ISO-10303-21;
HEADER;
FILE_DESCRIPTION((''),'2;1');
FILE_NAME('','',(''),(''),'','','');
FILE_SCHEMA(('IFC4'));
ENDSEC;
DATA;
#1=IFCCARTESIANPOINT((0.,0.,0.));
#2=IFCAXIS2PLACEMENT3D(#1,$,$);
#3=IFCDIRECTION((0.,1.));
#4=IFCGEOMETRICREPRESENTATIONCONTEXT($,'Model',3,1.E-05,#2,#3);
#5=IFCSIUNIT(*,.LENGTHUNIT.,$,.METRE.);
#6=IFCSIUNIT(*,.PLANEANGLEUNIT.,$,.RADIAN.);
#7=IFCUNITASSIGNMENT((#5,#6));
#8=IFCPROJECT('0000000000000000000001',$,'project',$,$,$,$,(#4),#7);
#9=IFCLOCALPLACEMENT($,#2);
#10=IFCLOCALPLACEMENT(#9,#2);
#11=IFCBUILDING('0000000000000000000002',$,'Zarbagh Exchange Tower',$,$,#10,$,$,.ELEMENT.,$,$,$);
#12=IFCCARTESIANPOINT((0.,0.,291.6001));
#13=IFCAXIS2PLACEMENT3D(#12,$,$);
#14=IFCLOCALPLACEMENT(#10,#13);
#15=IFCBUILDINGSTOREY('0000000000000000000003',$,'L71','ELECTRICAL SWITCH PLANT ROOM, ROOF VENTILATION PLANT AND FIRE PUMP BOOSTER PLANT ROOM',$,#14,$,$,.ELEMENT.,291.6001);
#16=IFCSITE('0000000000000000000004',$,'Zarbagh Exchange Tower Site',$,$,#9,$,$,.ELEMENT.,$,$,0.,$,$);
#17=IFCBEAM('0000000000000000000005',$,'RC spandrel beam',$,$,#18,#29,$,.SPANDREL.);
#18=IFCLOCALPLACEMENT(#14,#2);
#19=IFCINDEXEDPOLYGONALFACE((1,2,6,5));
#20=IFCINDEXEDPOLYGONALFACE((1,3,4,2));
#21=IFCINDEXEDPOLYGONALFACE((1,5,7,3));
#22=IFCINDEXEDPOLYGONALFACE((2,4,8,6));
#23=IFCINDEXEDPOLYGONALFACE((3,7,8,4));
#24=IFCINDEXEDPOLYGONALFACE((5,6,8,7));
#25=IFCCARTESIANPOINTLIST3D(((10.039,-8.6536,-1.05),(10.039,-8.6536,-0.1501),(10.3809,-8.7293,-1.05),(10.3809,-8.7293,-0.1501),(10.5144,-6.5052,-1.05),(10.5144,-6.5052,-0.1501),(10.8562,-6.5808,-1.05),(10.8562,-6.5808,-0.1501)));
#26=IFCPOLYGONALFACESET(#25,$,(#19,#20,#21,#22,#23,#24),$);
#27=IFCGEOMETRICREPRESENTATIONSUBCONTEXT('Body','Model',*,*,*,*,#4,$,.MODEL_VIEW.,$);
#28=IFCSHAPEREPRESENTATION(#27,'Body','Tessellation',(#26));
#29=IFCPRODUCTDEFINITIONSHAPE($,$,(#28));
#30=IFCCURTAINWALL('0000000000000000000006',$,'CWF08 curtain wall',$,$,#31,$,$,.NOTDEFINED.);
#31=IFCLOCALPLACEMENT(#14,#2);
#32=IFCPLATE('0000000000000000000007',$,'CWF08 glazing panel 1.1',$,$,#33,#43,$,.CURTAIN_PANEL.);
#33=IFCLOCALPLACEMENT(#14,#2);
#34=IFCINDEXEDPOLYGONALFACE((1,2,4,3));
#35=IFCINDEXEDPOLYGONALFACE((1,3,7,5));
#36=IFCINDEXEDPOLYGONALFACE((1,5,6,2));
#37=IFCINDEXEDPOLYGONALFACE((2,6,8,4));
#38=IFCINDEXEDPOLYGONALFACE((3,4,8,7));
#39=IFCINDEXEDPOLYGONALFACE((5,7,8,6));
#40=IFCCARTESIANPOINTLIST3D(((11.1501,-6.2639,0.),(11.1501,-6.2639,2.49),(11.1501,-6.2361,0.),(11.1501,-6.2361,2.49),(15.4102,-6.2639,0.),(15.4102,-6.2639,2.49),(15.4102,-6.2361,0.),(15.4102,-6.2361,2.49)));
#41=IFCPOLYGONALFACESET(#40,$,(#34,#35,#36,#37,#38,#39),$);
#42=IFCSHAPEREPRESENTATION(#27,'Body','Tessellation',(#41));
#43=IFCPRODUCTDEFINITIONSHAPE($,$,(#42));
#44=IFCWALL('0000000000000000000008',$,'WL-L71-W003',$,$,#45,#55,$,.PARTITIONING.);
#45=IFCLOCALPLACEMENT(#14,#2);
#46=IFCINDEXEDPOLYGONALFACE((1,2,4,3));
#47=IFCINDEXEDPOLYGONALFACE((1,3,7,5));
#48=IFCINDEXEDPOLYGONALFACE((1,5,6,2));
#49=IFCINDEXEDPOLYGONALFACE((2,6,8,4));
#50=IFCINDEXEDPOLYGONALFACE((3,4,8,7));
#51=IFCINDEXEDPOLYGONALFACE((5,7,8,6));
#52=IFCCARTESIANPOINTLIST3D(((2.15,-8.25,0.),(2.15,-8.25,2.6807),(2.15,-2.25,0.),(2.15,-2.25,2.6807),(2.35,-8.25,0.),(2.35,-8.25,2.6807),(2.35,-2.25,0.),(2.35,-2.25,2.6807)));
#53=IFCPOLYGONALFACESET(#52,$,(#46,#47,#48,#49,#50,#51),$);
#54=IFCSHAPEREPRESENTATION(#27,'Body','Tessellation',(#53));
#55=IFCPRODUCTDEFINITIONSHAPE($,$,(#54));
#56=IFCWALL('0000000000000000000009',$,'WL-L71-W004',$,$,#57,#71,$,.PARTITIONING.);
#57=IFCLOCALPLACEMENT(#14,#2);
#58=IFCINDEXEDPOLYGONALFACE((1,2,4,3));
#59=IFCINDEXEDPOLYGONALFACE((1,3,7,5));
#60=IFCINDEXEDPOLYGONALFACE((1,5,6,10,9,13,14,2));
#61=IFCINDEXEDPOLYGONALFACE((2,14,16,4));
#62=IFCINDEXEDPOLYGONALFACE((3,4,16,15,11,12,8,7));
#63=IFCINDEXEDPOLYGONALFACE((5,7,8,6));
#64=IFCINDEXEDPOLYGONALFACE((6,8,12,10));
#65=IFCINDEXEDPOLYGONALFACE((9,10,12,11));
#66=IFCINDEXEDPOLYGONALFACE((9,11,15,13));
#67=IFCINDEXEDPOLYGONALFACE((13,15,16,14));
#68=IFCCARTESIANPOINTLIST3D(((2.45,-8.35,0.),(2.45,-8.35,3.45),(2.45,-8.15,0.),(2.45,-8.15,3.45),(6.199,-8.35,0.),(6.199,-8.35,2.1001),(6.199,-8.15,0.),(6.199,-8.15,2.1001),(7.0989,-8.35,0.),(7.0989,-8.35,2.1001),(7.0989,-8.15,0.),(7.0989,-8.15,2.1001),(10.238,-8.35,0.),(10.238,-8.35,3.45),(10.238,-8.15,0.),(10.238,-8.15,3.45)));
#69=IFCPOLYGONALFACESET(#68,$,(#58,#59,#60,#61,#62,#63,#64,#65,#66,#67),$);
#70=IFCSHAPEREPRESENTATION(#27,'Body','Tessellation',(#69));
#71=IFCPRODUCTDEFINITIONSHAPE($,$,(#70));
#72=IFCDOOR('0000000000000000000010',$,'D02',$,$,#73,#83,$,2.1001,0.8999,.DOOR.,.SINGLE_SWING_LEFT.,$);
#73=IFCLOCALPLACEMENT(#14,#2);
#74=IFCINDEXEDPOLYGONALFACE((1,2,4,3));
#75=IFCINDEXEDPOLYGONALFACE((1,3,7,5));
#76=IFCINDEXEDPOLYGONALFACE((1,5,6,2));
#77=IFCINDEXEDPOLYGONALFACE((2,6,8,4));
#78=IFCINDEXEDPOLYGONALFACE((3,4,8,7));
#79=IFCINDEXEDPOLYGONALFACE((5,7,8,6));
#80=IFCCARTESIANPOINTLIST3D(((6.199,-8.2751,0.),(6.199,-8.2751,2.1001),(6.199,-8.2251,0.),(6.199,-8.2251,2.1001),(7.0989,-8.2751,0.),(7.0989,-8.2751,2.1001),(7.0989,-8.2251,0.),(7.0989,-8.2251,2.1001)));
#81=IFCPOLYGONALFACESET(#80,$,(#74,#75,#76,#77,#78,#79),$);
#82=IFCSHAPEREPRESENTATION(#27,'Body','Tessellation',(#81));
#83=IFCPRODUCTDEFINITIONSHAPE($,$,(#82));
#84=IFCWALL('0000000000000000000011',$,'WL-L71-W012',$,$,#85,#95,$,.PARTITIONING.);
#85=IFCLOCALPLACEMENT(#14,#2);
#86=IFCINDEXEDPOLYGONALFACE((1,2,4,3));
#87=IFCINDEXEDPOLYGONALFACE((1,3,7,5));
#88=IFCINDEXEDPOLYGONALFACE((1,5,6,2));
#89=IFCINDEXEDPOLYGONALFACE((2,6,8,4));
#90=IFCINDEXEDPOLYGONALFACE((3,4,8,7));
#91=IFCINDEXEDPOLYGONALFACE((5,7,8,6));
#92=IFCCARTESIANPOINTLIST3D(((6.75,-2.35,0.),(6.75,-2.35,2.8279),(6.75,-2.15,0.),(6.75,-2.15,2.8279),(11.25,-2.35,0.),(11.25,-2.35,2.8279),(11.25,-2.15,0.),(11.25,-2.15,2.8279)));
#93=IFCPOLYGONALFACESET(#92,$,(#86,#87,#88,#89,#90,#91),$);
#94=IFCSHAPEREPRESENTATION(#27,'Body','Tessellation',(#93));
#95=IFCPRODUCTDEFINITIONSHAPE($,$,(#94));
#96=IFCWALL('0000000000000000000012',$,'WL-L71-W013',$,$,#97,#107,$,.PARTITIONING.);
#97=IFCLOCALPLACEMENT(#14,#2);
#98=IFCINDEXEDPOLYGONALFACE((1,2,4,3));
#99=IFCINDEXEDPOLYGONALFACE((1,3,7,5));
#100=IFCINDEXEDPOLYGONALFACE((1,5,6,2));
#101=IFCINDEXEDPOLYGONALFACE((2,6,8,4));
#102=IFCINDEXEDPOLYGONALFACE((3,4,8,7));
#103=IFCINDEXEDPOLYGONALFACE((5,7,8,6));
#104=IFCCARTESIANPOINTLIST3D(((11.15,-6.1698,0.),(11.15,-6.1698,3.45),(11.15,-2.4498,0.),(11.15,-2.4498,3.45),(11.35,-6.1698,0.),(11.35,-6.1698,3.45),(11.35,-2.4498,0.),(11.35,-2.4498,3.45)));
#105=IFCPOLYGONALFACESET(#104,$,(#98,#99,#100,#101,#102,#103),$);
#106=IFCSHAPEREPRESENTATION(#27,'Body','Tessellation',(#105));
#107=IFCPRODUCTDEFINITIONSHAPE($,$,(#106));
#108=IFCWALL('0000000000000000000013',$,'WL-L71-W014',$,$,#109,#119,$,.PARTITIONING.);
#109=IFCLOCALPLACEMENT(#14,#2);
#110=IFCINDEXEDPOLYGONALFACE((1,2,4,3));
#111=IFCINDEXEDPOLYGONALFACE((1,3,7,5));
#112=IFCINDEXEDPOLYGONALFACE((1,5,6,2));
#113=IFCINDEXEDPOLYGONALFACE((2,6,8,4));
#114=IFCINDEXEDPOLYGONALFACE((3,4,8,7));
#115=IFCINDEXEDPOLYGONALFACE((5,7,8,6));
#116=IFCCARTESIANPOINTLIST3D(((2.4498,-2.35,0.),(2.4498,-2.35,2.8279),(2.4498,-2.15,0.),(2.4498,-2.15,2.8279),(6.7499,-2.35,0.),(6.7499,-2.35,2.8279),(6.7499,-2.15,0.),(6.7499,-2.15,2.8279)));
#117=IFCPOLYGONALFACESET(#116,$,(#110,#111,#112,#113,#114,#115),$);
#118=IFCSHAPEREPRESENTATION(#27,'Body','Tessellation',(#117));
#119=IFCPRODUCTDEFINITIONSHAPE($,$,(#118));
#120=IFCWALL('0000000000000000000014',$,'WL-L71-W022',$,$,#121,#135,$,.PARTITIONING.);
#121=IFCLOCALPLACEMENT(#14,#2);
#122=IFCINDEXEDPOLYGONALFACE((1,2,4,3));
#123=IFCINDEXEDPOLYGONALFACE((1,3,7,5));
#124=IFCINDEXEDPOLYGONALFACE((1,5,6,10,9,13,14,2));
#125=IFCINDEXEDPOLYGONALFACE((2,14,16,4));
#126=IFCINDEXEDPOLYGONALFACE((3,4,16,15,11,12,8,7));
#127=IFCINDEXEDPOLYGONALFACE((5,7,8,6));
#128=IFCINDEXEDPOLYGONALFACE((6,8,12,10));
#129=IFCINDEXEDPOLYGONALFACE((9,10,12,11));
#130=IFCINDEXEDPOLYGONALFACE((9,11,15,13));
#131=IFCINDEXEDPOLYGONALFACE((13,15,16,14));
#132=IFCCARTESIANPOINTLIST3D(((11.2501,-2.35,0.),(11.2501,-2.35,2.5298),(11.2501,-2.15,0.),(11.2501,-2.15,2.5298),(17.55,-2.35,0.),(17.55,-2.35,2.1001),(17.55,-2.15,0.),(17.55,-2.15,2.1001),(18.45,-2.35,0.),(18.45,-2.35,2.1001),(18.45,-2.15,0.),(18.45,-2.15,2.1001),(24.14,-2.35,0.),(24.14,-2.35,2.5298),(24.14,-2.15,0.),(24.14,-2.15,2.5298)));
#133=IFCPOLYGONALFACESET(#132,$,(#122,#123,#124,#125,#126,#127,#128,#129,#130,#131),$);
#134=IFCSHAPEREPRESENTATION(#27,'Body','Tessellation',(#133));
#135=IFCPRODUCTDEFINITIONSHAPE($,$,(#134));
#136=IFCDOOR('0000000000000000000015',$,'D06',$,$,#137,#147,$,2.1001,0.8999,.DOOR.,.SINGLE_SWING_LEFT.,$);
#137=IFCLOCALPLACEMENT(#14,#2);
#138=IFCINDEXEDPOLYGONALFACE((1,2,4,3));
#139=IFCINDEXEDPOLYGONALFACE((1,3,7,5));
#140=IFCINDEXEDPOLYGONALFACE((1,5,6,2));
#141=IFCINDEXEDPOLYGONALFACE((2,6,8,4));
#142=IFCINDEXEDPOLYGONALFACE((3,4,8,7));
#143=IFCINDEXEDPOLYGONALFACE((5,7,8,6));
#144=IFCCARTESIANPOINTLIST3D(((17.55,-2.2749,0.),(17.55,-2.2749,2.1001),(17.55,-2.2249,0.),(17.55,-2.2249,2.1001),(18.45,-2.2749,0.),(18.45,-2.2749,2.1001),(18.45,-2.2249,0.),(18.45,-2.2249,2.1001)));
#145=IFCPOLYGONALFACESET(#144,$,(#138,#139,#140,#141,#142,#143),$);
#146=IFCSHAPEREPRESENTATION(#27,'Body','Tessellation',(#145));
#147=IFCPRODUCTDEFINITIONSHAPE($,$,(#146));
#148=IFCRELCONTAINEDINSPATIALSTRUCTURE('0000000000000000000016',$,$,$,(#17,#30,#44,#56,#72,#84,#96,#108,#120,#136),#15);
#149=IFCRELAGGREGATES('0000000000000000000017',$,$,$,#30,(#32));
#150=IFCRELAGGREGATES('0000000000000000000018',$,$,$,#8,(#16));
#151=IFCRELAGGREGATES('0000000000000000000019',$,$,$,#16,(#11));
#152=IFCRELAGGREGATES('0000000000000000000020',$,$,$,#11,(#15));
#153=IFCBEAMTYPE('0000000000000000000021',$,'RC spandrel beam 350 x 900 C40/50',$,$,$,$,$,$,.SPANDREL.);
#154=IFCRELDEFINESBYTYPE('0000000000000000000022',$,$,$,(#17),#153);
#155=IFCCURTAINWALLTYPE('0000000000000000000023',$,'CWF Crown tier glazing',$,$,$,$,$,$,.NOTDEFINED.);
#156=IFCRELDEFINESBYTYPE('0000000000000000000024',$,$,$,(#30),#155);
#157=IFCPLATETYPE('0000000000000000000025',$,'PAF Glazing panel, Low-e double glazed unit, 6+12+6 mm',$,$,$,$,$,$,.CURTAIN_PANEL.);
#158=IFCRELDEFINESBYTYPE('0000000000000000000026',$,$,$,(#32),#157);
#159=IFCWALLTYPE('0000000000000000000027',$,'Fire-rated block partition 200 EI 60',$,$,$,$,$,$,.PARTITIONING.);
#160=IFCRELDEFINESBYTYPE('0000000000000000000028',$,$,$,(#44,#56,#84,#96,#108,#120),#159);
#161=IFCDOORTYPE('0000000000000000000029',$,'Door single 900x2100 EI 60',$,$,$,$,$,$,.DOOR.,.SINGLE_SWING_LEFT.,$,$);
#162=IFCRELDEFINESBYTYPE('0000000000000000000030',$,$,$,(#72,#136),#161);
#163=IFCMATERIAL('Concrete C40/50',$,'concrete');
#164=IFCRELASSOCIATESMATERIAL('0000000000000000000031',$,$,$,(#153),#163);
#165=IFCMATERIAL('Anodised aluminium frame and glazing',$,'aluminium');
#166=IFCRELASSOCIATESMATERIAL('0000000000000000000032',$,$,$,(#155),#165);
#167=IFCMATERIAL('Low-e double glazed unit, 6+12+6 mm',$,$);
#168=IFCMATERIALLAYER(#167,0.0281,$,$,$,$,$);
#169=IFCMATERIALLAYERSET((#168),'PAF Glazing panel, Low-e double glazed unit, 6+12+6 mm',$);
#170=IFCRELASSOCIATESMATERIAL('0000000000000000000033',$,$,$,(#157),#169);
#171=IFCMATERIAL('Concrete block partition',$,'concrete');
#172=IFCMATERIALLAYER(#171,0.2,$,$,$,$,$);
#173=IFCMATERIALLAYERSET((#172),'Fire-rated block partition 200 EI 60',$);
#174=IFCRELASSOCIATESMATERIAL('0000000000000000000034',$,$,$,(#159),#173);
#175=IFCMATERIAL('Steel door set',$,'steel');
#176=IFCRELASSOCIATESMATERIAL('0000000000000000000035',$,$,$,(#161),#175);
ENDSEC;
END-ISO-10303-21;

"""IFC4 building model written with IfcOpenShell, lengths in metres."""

from ifc_helpers import new_model, si_unit, direction, frame, frame_2d, origin, origin_2d, place, context, subcontext, project, spatial, polyline, rectangle, outline, extrude, source, transform, mapped, material, layer, layer_set, material_profile, profile_set, type_object, element, fill, aggregate, save


model = new_model("IFC4")

# Units and contexts
model_context = context("Model", 3, precision=1e-05, world=origin(), true_north=direction((0.0, 1.0)))
body_context = subcontext(model_context, "Body", "Model", "MODEL_VIEW")
ifc_project = project(units=[si_unit("LENGTHUNIT", "METRE"), si_unit("PLANEANGLEUNIT", "RADIAN")], contexts=[model_context])

# Site, building, storey
site_placement = place(None, origin())
site = spatial("IfcSite", under=ifc_project, at=site_placement, Name="Zarbagh Exchange Tower Site", CompositionType="ELEMENT", RefElevation=0.0)
building_placement = place(site_placement, origin())
building = spatial("IfcBuilding", under=site, at=building_placement, Name="Zarbagh Exchange Tower", CompositionType="ELEMENT")
storey_placement = place(building_placement, frame((0.0, 0.0, 291.6001)))
storey = spatial("IfcBuildingStorey", under=building, at=storey_placement, Name="L71", Description="ELECTRICAL SWITCH PLANT ROOM, ROOF VENTILATION PLANT AND FIRE PUMP BOOSTER PLANT ROOM", CompositionType="ELEMENT", Elevation=291.6001)

# Shared definitions
ifc_material_1 = material(Name="Concrete C40/50", Category="concrete")

# Beam
ifc_material_profile_1 = material_profile(ifc_material_1, rectangle(XDim=0.3501, YDim=0.8999, at=origin_2d()), Name="RC spandrel beam 350 x 900 C40/50")
ifc_profile_set_1 = profile_set([ifc_material_profile_1], Name="Concrete C40/50")
beam_type_1 = type_object("IfcBeamType", Name="RC spandrel beam 350 x 900 C40/50", PredefinedType="SPANDREL", material=ifc_profile_set_1)
beam_1_placement = place(storey_placement, frame((10.6853, -6.543, -0.6001), z_axis=(-0.216026, -0.976388, 0.0), x_axis=(0.976388, -0.216026, 0.0)))
element("IfcBeam", 1, at=beam_1_placement, inside=storey, type_object=beam_type_1, Name="RC spandrel beam", PredefinedType="SPANDREL", context=body_context, shape_type="SweptSolid", body=[
    extrude(rectangle(XDim=0.3501, YDim=0.8999, at=origin_2d()), origin(), (0.0, 0.0, 1.0), 2.2004),
])

# Curtain wall, plate
ifc_material_2 = material(Name="Anodised aluminium frame and glazing", Category="aluminium")
curtain_wall_type = type_object("IfcCurtainWallType", Name="CWF Crown tier glazing", PredefinedType="NOTDEFINED", material=ifc_material_2)
curtain_wall_placement = place(storey_placement, origin())
curtain_wall = element("IfcCurtainWall", 2, at=curtain_wall_placement, inside=storey, type_object=curtain_wall_type, Name="CWF08 curtain wall", PredefinedType="NOTDEFINED")
ifc_material_3 = material(Name="Low-e double glazed unit, 6+12+6 mm")
ifc_layer_1 = layer(ifc_material_3, 0.0281)
ifc_layer_set_1 = layer_set([ifc_layer_1], Name="PAF Glazing panel, Low-e double glazed unit, 6+12+6 mm")
plate_type = type_object("IfcPlateType", Name="PAF Glazing panel, Low-e double glazed unit, 6+12+6 mm", PredefinedType="CURTAIN_PANEL", material=ifc_layer_set_1)
shared_shape = source(origin(), body_context, "Body", "SweptSolid", [
    extrude(outline(polyline([(0.0, -0.0139), (4.26, -0.0139), (4.26, 0.0139), (0.0, 0.0139), (0.0, -0.0139)])), origin(), (0.0, 0.0, 1.0), 2.49),
])
plate_placement = place(storey_placement, origin())
plate = element("IfcPlate", 3, at=plate_placement, type_object=plate_type, Name="CWF08 glazing panel 1.1", PredefinedType="CURTAIN_PANEL", context=body_context, shape_type="MappedRepresentation", body=[
    mapped(shared_shape, transform((11.1501, -6.25, 0.0), x_axis=(1.0, 0.0, 0.0), y_axis=(0.0, 1.0, 0.0), z_axis=(0.0, 0.0, 1.0))),
])
aggregate(curtain_wall, [plate])

# Wall
ifc_material_4 = material(Name="Concrete block partition", Category="concrete")
ifc_layer_2 = layer(ifc_material_4, 0.2)
ifc_layer_set_2 = layer_set([ifc_layer_2], Name="Fire-rated block partition 200 EI 60")
wall_type = type_object("IfcWallType", Name="Fire-rated block partition 200 EI 60", PredefinedType="PARTITIONING", material=ifc_layer_set_2)
wall_1_placement = place(storey_placement, frame((2.25, -2.25, 0.0), z_axis=(0.0, 0.0, 1.0), x_axis=(0.0, -1.0, 0.0)))
element("IfcWall", 4, at=wall_1_placement, inside=storey, type_object=wall_type, Name="WL-L71-W003", PredefinedType="PARTITIONING", context=body_context, shape_type="SweptSolid", body=[
    extrude(rectangle(XDim=6.0, YDim=0.2, at=frame_2d((3.0, 0.0))), origin(), (0.0, 0.0, 1.0), 2.6807),
])

# Wall, opening, door
wall_2_placement = place(storey_placement, frame((2.45, -8.25, 0.0), z_axis=(0.0, 0.0, 1.0), x_axis=(1.0, 0.0, 0.0)))
wall_2 = element("IfcWall", 5, at=wall_2_placement, inside=storey, type_object=wall_type, Name="WL-L71-W004", PredefinedType="PARTITIONING", context=body_context, shape_type="SweptSolid", body=[
    extrude(rectangle(XDim=7.7881, YDim=0.2, at=frame_2d((3.894, 0.0))), origin(), (0.0, 0.0, 1.0), 3.45),
])
opening_1_placement = place(wall_2_placement, frame((3.749, 0.0, 0.0)))
opening_1 = element("IfcOpeningElement", 6, at=opening_1_placement, cuts=wall_2, PredefinedType="OPENING", context=body_context, shape_type="SweptSolid", body=[
    extrude(rectangle(XDim=0.8999, YDim=2.1001, at=frame_2d((0.45, 1.05))), frame((0.0, 0.1099, 0.0), z_axis=(0.0, -1.0, 0.0), x_axis=(1.0, 0.0, 0.0)), (0.0, 0.0, 1.0), 0.22),
])
ifc_material_5 = material(Name="Steel door set", Category="steel")
door_type = type_object("IfcDoorType", Name="Door single 900x2100 EI 60", OperationType="SINGLE_SWING_LEFT", PredefinedType="DOOR", material=ifc_material_5)
door_1_placement = place(opening_1_placement, origin())
door_1 = element("IfcDoor", 7, at=door_1_placement, inside=storey, type_object=door_type, Name="D02", OperationType="SINGLE_SWING_LEFT", OverallHeight=2.1001, OverallWidth=0.8999, PredefinedType="DOOR", context=body_context, shape_type="SweptSolid", body=[
    extrude(rectangle(XDim=0.8999, YDim=2.1001, at=frame_2d((0.45, 1.05))), frame((0.0, 0.0249, 0.0), z_axis=(0.0, -1.0, 0.0), x_axis=(1.0, 0.0, 0.0)), (0.0, 0.0, 1.0), 0.05),
])
fill(opening_1, door_1)

# Walls
wall_3_placement = place(storey_placement, frame((6.75, -2.25, 0.0), z_axis=(0.0, 0.0, 1.0), x_axis=(1.0, 0.0, 0.0)))
element("IfcWall", 8, at=wall_3_placement, inside=storey, type_object=wall_type, Name="WL-L71-W012", PredefinedType="PARTITIONING", context=body_context, shape_type="SweptSolid", body=[
    extrude(rectangle(XDim=4.5, YDim=0.2, at=frame_2d((2.25, 0.0))), origin(), (0.0, 0.0, 1.0), 2.8279),
])
wall_4_placement = place(storey_placement, frame((11.25, -2.45, 0.0), z_axis=(0.0, 0.0, 1.0), x_axis=(0.0, -1.0, 0.0)))
element("IfcWall", 9, at=wall_4_placement, inside=storey, type_object=wall_type, Name="WL-L71-W013", PredefinedType="PARTITIONING", context=body_context, shape_type="SweptSolid", body=[
    extrude(rectangle(XDim=3.72, YDim=0.2, at=frame_2d((1.8599, 0.0))), origin(), (0.0, 0.0, 1.0), 3.45),
])
wall_5_placement = place(storey_placement, frame((2.45, -2.25, 0.0), z_axis=(0.0, 0.0, 1.0), x_axis=(1.0, 0.0, 0.0)))
element("IfcWall", 10, at=wall_5_placement, inside=storey, type_object=wall_type, Name="WL-L71-W014", PredefinedType="PARTITIONING", context=body_context, shape_type="SweptSolid", body=[
    extrude(rectangle(XDim=4.3, YDim=0.2, at=frame_2d((2.1499, 0.0))), origin(), (0.0, 0.0, 1.0), 2.8279),
])

# Wall, opening, door
wall_6_placement = place(storey_placement, frame((24.1399, -2.25, 0.0), z_axis=(0.0, 0.0, 1.0), x_axis=(-1.0, 0.0, 0.0)))
wall_6 = element("IfcWall", 11, at=wall_6_placement, inside=storey, type_object=wall_type, Name="WL-L71-W022", PredefinedType="PARTITIONING", context=body_context, shape_type="SweptSolid", body=[
    extrude(rectangle(XDim=12.8899, YDim=0.2, at=frame_2d((6.4448, 0.0))), origin(), (0.0, 0.0, 1.0), 2.5298),
])
opening_2_placement = place(wall_6_placement, frame((5.6899, 0.0, 0.0)))
opening_2 = element("IfcOpeningElement", 12, at=opening_2_placement, cuts=wall_6, PredefinedType="OPENING", context=body_context, shape_type="SweptSolid", body=[
    extrude(rectangle(XDim=0.8999, YDim=2.1001, at=frame_2d((0.45, 1.05))), frame((0.0, 0.1099, 0.0), z_axis=(0.0, -1.0, 0.0), x_axis=(1.0, 0.0, 0.0)), (0.0, 0.0, 1.0), 0.22),
])
door_2_placement = place(opening_2_placement, origin())
door_2 = element("IfcDoor", 13, at=door_2_placement, inside=storey, type_object=door_type, Name="D06", OperationType="SINGLE_SWING_LEFT", OverallHeight=2.1001, OverallWidth=0.8999, PredefinedType="DOOR", context=body_context, shape_type="SweptSolid", body=[
    extrude(rectangle(XDim=0.8999, YDim=2.1001, at=frame_2d((0.45, 1.05))), frame((0.0, 0.0249, 0.0), z_axis=(0.0, -1.0, 0.0), x_axis=(1.0, 0.0, 0.0)), (0.0, 0.0, 1.0), 0.05),
])
fill(opening_2, door_2)

save(model, "model.ifc")
